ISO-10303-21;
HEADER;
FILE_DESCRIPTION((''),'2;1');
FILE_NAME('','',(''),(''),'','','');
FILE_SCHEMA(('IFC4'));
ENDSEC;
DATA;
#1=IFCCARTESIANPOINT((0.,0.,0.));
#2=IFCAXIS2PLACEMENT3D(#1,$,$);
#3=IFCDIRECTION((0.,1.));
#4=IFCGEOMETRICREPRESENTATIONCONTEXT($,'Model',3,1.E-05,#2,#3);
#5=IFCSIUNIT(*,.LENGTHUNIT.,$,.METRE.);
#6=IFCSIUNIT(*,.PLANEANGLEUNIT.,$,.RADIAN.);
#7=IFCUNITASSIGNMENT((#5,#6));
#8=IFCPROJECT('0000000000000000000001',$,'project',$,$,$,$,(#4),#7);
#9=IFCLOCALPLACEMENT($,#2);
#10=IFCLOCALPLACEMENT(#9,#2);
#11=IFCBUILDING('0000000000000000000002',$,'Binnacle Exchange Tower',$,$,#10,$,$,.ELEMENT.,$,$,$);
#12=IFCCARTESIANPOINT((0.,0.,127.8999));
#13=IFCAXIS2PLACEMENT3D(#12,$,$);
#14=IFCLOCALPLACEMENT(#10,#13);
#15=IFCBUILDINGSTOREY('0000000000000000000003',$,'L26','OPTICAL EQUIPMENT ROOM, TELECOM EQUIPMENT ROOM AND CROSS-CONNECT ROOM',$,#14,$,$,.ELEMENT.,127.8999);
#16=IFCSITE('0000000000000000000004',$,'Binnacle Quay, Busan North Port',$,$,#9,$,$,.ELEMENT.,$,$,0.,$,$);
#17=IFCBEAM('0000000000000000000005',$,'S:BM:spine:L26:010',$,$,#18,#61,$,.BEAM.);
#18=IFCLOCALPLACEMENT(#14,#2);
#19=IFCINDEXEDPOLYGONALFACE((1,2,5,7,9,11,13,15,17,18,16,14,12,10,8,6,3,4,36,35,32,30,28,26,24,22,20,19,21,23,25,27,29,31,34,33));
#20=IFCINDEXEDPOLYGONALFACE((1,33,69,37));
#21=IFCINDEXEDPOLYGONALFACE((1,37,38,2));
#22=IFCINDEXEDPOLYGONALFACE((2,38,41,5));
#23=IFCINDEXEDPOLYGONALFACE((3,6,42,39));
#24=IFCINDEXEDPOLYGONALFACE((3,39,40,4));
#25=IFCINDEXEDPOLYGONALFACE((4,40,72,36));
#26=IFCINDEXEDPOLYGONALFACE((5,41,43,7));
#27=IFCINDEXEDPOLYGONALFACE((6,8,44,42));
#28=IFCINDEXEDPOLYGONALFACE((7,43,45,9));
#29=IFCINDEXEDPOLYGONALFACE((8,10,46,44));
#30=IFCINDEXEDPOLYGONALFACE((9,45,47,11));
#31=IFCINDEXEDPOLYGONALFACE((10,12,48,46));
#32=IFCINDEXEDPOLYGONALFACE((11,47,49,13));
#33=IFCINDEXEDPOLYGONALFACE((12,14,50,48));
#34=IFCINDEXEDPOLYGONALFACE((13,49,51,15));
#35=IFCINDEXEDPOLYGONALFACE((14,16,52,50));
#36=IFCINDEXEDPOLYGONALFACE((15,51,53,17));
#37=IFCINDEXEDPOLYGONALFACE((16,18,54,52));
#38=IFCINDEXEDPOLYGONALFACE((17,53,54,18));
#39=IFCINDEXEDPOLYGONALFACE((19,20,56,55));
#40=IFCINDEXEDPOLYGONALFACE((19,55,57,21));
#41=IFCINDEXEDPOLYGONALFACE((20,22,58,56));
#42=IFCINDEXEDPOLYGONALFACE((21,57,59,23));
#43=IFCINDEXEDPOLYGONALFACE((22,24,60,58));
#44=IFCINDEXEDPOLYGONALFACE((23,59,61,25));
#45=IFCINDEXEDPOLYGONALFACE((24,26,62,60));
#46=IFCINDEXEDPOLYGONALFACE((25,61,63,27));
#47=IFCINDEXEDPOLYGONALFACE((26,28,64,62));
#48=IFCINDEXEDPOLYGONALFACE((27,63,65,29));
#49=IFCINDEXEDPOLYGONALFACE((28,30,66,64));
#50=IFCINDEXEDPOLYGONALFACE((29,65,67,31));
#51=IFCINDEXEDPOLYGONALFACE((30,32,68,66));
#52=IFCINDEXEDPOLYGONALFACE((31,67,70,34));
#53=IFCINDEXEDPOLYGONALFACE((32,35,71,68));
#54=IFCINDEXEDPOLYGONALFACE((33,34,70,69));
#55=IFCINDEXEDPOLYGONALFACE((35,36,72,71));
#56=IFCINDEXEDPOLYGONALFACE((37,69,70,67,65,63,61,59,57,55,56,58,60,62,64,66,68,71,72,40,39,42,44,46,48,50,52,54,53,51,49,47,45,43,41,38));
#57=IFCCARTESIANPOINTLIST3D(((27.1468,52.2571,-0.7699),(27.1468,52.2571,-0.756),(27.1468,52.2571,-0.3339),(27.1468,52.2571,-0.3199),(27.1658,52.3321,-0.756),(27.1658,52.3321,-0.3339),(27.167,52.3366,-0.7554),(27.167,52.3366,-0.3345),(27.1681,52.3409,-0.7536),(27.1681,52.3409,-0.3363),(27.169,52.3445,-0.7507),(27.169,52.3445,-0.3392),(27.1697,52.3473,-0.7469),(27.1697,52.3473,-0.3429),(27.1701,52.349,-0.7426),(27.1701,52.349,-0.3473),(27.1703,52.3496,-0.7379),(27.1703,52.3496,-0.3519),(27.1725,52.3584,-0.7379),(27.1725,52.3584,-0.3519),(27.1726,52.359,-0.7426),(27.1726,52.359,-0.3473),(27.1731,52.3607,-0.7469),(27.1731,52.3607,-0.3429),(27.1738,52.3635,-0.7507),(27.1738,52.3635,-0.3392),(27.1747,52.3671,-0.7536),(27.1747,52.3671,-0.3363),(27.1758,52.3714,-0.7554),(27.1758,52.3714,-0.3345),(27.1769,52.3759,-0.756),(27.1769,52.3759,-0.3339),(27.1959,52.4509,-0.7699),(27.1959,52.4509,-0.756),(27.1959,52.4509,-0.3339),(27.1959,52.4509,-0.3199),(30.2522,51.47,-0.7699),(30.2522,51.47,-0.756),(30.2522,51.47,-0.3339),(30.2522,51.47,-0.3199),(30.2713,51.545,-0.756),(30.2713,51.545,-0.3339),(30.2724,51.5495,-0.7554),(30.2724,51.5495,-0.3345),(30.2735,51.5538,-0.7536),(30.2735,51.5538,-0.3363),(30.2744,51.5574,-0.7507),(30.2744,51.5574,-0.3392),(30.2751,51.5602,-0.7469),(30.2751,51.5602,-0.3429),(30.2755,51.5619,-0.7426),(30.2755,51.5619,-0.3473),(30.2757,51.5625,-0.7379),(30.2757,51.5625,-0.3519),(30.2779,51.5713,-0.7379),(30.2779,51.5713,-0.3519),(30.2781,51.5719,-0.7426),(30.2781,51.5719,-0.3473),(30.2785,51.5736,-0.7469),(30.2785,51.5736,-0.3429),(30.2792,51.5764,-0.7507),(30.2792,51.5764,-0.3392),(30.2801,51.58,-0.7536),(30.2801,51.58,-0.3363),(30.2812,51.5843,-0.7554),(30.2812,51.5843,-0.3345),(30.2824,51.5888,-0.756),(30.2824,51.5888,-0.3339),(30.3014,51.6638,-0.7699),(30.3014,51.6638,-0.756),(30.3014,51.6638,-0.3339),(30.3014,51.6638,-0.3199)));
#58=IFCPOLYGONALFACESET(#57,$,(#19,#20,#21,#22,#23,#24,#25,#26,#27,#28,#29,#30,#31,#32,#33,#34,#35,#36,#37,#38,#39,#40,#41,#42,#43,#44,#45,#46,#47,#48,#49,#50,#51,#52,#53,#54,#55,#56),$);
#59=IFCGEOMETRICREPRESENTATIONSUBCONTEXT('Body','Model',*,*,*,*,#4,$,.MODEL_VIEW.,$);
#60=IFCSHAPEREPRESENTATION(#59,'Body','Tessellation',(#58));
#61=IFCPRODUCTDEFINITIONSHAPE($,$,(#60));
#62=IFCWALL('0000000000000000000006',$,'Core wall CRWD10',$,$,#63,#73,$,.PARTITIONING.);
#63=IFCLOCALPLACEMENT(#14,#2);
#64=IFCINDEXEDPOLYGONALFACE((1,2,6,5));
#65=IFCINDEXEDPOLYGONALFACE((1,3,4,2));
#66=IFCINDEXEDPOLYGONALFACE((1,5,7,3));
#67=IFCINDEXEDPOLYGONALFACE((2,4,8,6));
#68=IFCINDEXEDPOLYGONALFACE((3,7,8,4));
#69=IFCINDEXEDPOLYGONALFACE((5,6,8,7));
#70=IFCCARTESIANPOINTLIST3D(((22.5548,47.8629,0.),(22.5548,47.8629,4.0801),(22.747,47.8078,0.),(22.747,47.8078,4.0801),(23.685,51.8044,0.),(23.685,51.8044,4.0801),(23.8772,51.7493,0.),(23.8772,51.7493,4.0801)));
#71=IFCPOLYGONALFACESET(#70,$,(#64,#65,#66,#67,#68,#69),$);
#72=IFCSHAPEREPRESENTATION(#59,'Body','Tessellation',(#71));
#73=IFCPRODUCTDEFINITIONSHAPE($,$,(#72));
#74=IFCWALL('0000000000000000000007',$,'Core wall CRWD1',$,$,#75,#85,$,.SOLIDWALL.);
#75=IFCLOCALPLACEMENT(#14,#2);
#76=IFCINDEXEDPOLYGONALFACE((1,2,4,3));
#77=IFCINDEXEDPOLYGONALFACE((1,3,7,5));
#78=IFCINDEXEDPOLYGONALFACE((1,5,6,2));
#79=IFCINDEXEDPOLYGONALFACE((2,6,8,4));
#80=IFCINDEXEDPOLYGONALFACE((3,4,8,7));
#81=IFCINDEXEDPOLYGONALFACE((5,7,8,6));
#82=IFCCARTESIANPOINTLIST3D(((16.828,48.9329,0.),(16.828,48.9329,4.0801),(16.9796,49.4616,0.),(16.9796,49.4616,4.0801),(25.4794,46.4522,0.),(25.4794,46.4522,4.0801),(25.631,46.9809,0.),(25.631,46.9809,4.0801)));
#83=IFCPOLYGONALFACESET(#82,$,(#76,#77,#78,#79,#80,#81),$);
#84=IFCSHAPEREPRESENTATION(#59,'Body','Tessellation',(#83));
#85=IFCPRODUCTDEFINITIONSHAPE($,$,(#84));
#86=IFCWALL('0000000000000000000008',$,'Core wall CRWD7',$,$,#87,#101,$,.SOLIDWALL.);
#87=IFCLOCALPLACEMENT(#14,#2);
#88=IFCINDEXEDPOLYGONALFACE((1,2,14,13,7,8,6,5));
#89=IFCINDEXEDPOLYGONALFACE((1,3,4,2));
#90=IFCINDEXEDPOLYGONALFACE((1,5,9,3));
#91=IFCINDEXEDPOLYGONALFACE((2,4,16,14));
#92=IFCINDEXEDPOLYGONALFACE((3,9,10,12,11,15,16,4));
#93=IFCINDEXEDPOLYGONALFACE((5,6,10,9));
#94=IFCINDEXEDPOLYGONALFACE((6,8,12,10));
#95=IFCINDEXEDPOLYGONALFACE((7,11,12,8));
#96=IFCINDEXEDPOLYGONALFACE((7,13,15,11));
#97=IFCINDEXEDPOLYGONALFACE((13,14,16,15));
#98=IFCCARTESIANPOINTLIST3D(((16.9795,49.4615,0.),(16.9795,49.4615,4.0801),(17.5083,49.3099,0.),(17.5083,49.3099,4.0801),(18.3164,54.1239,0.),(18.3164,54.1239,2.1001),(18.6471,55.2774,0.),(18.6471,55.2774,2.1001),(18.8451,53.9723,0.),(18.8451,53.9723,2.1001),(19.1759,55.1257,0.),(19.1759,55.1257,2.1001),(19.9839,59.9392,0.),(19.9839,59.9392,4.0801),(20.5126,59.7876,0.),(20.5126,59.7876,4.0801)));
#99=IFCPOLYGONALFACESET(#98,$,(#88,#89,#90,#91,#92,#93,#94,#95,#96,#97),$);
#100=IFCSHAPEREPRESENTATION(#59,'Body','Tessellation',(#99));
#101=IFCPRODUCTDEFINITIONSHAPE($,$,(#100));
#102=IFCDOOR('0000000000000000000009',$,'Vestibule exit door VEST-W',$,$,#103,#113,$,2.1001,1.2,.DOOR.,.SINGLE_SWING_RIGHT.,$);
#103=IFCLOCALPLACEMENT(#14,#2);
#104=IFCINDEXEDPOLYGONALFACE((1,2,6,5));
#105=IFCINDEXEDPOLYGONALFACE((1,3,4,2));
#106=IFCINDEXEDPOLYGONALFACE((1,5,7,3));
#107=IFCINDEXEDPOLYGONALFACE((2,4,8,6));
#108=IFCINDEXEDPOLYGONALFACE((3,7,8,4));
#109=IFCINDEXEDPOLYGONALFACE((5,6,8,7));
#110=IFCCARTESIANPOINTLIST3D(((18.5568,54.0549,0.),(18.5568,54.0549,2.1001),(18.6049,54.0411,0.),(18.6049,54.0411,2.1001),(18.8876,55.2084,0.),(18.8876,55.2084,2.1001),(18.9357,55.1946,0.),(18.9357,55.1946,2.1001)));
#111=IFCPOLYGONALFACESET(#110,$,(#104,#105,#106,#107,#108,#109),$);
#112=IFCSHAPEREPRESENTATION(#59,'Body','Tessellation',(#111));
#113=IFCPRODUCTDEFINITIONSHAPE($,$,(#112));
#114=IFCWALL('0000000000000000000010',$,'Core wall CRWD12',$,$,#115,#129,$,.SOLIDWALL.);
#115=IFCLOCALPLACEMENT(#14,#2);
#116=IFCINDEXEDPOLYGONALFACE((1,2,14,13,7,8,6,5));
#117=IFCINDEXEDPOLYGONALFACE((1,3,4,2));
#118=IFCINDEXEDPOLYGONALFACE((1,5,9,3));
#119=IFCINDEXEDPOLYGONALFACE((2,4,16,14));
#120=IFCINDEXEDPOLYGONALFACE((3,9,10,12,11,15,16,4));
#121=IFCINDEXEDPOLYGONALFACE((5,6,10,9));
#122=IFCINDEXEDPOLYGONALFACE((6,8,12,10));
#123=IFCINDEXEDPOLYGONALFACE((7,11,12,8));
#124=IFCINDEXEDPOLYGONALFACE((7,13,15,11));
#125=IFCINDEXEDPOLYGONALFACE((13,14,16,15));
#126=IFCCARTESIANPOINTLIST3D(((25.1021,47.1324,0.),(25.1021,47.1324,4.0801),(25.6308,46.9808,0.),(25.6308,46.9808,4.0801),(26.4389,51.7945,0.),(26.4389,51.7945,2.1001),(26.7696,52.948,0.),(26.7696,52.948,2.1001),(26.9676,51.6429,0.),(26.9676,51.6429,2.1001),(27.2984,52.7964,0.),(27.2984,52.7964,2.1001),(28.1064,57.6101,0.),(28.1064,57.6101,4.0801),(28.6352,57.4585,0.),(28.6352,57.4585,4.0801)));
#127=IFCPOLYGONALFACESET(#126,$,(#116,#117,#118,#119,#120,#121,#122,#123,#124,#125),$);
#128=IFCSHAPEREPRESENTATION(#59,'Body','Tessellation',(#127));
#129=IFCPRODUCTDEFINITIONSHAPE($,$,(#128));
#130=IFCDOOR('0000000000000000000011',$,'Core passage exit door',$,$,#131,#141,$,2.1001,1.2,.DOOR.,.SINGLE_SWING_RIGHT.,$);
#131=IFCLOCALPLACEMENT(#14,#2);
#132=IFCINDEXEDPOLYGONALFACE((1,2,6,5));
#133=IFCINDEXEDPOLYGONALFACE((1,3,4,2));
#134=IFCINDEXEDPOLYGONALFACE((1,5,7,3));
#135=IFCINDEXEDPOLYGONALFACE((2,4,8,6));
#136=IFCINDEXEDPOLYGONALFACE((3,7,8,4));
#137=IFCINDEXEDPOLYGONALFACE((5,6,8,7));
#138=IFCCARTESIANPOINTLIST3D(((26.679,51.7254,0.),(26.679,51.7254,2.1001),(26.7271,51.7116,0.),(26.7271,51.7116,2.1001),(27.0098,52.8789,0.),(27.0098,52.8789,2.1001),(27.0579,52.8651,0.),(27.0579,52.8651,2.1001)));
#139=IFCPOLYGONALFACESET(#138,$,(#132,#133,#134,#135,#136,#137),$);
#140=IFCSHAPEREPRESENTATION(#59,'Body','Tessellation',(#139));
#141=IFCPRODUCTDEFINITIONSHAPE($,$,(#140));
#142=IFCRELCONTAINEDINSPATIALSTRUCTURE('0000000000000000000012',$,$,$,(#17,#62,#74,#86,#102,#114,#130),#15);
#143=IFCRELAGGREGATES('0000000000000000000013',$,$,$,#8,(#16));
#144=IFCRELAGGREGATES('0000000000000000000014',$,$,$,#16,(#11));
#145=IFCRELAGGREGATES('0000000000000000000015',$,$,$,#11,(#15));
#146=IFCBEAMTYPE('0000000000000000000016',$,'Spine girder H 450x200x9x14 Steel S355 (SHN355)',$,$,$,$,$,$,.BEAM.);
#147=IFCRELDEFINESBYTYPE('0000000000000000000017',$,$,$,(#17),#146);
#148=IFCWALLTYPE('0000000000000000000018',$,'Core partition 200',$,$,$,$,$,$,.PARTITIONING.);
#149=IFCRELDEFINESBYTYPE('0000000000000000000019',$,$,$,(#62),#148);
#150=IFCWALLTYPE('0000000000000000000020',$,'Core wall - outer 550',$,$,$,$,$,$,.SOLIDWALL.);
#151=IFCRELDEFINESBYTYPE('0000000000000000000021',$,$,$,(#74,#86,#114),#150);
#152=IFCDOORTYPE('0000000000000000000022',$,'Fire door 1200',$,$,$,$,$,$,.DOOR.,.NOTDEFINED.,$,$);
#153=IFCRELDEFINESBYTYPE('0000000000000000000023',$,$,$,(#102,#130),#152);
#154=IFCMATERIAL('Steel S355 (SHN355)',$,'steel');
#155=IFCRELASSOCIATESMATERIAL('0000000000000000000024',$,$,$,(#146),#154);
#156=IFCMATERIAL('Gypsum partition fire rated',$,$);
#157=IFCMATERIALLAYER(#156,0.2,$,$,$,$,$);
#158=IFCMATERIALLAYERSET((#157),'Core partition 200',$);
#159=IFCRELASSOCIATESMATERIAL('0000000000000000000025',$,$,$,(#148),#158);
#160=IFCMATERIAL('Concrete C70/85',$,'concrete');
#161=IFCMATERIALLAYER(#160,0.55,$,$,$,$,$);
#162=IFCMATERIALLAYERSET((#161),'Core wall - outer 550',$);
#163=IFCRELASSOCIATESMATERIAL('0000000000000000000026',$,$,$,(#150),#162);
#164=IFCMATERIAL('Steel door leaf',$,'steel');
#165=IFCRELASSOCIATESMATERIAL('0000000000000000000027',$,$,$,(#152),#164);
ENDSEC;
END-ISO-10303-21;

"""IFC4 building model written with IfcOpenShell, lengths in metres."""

from ifc_helpers import new_model, si_unit, direction, frame, frame_2d, origin, origin_2d, place, context, subcontext, project, spatial, rectangle, i_section, extrude, material, layer, layer_set, material_profile, profile_set, type_object, element, fill, save


model = new_model("IFC4")

# Units and contexts
model_context = context("Model", 3, precision=1e-05, world=origin(), true_north=direction((0.0, 1.0)))
body_context = subcontext(model_context, "Body", "Model", "MODEL_VIEW")
ifc_project = project(units=[si_unit("LENGTHUNIT", "METRE"), si_unit("PLANEANGLEUNIT", "RADIAN")], contexts=[model_context])

# Site, building, storey
site_placement = place(None, origin())
site = spatial("IfcSite", under=ifc_project, at=site_placement, Name="Binnacle Quay, Busan North Port", CompositionType="ELEMENT", RefElevation=0.0)
building_placement = place(site_placement, origin())
building = spatial("IfcBuilding", under=site, at=building_placement, Name="Binnacle Exchange Tower", CompositionType="ELEMENT")
storey_placement = place(building_placement, frame((0.0, 0.0, 127.8999)))
storey = spatial("IfcBuildingStorey", under=building, at=storey_placement, Name="L26", Description="OPTICAL EQUIPMENT ROOM, TELECOM EQUIPMENT ROOM AND CROSS-CONNECT ROOM", CompositionType="ELEMENT", Elevation=127.8999)

# Shared definitions
ifc_material_1 = material(Name="Concrete C70/85", Category="concrete")

# Beam
ifc_material_2 = material(Name="Steel S355 (SHN355)", Category="steel")
ifc_material_profile_1 = material_profile(ifc_material_2, i_section(OverallWidth=0.2, OverallDepth=0.45, WebThickness=0.009, FlangeThickness=0.0139, FilletRadius=0.0181, at=origin_2d()), Name="H 450x200x9x14")
ifc_profile_set_1 = profile_set([ifc_material_profile_1], Name="Steel S355 (SHN355)")
beam_type_1 = type_object("IfcBeamType", Name="Spine girder H 450x200x9x14 Steel S355 (SHN355)", PredefinedType="BEAM", material=ifc_profile_set_1)
beam_1_placement = place(storey_placement, frame((27.1714, 52.354, -0.5449), z_axis=(0.969348, -0.24569, 0.0), x_axis=(0.24569, 0.969348, 0.0)))
element("IfcBeam", 1, at=beam_1_placement, inside=storey, type_object=beam_type_1, Name="S:BM:spine:L26:010", PredefinedType="BEAM", context=body_context, shape_type="SweptSolid", body=[
    extrude(i_section(OverallWidth=0.2, OverallDepth=0.45, WebThickness=0.009, FlangeThickness=0.0139, FilletRadius=0.0181, at=origin_2d()), origin(), (0.0, 0.0, 1.0), 3.2036),
])

# Walls
ifc_material_3 = material(Name="Gypsum partition fire rated")
ifc_layer_1 = layer(ifc_material_3, 0.2)
ifc_layer_set_1 = layer_set([ifc_layer_1], Name="Core partition 200")
wall_type_1 = type_object("IfcWallType", Name="Core partition 200", PredefinedType="PARTITIONING", material=ifc_layer_set_1)
wall_1_placement = place(storey_placement, frame((22.6509, 47.8352, 0.0), z_axis=(0.0, 0.0, 1.0), x_axis=(0.275625, 0.961265, 0.0)))
element("IfcWall", 2, at=wall_1_placement, inside=storey, type_object=wall_type_1, Name="Core wall CRWD10", PredefinedType="PARTITIONING", context=body_context, shape_type="SweptSolid", body=[
    extrude(rectangle(XDim=4.1003, YDim=0.2, at=frame_2d((2.0503, 0.0))), origin(), (0.0, 0.0, 1.0), 4.0801),
])
ifc_layer_2 = layer(ifc_material_1, 0.55)
ifc_layer_set_2 = layer_set([ifc_layer_2], Name="Core wall - outer 550")
wall_type_2 = type_object("IfcWallType", Name="Core wall - outer 550", PredefinedType="SOLIDWALL", material=ifc_layer_set_2)
wall_2_placement = place(storey_placement, frame((16.9038, 49.1973, 0.0), z_axis=(0.0, 0.0, 1.0), x_axis=(0.961262, -0.275635, 0.0)))
element("IfcWall", 3, at=wall_2_placement, inside=storey, type_object=wall_type_2, Name="Core wall CRWD1", PredefinedType="SOLIDWALL", context=body_context, shape_type="SweptSolid", body=[
    extrude(rectangle(XDim=9.0, YDim=0.55, at=frame_2d((4.5, 0.0))), origin(), (0.0, 0.0, 1.0), 4.0801),
])

# Walls, openings, doors
wall_3_placement = place(storey_placement, frame((17.2439, 49.3857, 0.0), z_axis=(0.0, 0.0, 1.0), x_axis=(0.275632, 0.961263, 0.0)))
wall_3 = element("IfcWall", 4, at=wall_3_placement, inside=storey, type_object=wall_type_2, Name="Core wall CRWD7", PredefinedType="SOLIDWALL", context=body_context, shape_type="SweptSolid", body=[
    extrude(rectangle(XDim=10.8999, YDim=0.55, at=frame_2d((5.45, 0.0))), origin(), (0.0, 0.0, 1.0), 4.0801),
])
opening_1_placement = place(wall_3_placement, frame((4.8501, 0.0, 0.0)))
opening_1 = element("IfcOpeningElement", 5, at=opening_1_placement, cuts=wall_3, PredefinedType="OPENING", context=body_context, shape_type="SweptSolid", body=[
    extrude(rectangle(XDim=1.2, YDim=2.1001, at=frame_2d((0.6001, 1.05))), frame((0.0, 0.2849, 0.0), z_axis=(0.0, -1.0, 0.0), x_axis=(1.0, 0.0, 0.0)), (0.0, 0.0, 1.0), 0.5701),
])
ifc_material_4 = material(Name="Steel door leaf", Category="steel")
door_type_1 = type_object("IfcDoorType", Name="Fire door 1200", OperationType="NOTDEFINED", PredefinedType="DOOR", material=ifc_material_4)
door_1_placement = place(opening_1_placement, origin())
door_1 = element("IfcDoor", 6, at=door_1_placement, inside=storey, type_object=door_type_1, Name="Vestibule exit door VEST-W", OperationType="SINGLE_SWING_RIGHT", OverallHeight=2.1001, OverallWidth=1.2, PredefinedType="DOOR", context=body_context, shape_type="SweptSolid", body=[
    extrude(rectangle(XDim=1.2, YDim=2.1001, at=frame_2d((0.6001, 1.05))), frame((0.0, 0.0249, 0.0), z_axis=(0.0, -1.0, 0.0), x_axis=(1.0, 0.0, 0.0)), (0.0, 0.0, 1.0), 0.05),
])
fill(opening_1, door_1)
wall_4_placement = place(storey_placement, frame((25.3665, 47.0566, 0.0), z_axis=(0.0, 0.0, 1.0), x_axis=(0.275632, 0.961263, 0.0)))
wall_4 = element("IfcWall", 7, at=wall_4_placement, inside=storey, type_object=wall_type_2, Name="Core wall CRWD12", PredefinedType="SOLIDWALL", context=body_context, shape_type="SweptSolid", body=[
    extrude(rectangle(XDim=10.8999, YDim=0.55, at=frame_2d((5.45, 0.0))), origin(), (0.0, 0.0, 1.0), 4.0801),
])
opening_2_placement = place(wall_4_placement, frame((4.8499, 0.0, 0.0)))
opening_2 = element("IfcOpeningElement", 8, at=opening_2_placement, cuts=wall_4, PredefinedType="OPENING", context=body_context, shape_type="SweptSolid", body=[
    extrude(rectangle(XDim=1.2, YDim=2.1001, at=frame_2d((0.6001, 1.05))), frame((0.0, 0.2849, 0.0), z_axis=(0.0, -1.0, 0.0), x_axis=(1.0, 0.0, 0.0)), (0.0, 0.0, 1.0), 0.5701),
])
door_2_placement = place(opening_2_placement, frame((1.2, 0.0, 0.0), z_axis=(0.0, 0.0, 1.0), x_axis=(-1.0, 0.0, 0.0)))
door_2 = element("IfcDoor", 9, at=door_2_placement, inside=storey, type_object=door_type_1, Name="Core passage exit door", OperationType="SINGLE_SWING_RIGHT", OverallHeight=2.1001, OverallWidth=1.2, PredefinedType="DOOR", context=body_context, shape_type="SweptSolid", body=[
    extrude(rectangle(XDim=1.2, YDim=2.1001, at=frame_2d((0.6001, 1.05))), frame((0.0, 0.0249, 0.0), z_axis=(0.0, -1.0, 0.0), x_axis=(1.0, 0.0, 0.0)), (0.0, 0.0, 1.0), 0.05),
])
fill(opening_2, door_2)

save(model, "model.ifc")
